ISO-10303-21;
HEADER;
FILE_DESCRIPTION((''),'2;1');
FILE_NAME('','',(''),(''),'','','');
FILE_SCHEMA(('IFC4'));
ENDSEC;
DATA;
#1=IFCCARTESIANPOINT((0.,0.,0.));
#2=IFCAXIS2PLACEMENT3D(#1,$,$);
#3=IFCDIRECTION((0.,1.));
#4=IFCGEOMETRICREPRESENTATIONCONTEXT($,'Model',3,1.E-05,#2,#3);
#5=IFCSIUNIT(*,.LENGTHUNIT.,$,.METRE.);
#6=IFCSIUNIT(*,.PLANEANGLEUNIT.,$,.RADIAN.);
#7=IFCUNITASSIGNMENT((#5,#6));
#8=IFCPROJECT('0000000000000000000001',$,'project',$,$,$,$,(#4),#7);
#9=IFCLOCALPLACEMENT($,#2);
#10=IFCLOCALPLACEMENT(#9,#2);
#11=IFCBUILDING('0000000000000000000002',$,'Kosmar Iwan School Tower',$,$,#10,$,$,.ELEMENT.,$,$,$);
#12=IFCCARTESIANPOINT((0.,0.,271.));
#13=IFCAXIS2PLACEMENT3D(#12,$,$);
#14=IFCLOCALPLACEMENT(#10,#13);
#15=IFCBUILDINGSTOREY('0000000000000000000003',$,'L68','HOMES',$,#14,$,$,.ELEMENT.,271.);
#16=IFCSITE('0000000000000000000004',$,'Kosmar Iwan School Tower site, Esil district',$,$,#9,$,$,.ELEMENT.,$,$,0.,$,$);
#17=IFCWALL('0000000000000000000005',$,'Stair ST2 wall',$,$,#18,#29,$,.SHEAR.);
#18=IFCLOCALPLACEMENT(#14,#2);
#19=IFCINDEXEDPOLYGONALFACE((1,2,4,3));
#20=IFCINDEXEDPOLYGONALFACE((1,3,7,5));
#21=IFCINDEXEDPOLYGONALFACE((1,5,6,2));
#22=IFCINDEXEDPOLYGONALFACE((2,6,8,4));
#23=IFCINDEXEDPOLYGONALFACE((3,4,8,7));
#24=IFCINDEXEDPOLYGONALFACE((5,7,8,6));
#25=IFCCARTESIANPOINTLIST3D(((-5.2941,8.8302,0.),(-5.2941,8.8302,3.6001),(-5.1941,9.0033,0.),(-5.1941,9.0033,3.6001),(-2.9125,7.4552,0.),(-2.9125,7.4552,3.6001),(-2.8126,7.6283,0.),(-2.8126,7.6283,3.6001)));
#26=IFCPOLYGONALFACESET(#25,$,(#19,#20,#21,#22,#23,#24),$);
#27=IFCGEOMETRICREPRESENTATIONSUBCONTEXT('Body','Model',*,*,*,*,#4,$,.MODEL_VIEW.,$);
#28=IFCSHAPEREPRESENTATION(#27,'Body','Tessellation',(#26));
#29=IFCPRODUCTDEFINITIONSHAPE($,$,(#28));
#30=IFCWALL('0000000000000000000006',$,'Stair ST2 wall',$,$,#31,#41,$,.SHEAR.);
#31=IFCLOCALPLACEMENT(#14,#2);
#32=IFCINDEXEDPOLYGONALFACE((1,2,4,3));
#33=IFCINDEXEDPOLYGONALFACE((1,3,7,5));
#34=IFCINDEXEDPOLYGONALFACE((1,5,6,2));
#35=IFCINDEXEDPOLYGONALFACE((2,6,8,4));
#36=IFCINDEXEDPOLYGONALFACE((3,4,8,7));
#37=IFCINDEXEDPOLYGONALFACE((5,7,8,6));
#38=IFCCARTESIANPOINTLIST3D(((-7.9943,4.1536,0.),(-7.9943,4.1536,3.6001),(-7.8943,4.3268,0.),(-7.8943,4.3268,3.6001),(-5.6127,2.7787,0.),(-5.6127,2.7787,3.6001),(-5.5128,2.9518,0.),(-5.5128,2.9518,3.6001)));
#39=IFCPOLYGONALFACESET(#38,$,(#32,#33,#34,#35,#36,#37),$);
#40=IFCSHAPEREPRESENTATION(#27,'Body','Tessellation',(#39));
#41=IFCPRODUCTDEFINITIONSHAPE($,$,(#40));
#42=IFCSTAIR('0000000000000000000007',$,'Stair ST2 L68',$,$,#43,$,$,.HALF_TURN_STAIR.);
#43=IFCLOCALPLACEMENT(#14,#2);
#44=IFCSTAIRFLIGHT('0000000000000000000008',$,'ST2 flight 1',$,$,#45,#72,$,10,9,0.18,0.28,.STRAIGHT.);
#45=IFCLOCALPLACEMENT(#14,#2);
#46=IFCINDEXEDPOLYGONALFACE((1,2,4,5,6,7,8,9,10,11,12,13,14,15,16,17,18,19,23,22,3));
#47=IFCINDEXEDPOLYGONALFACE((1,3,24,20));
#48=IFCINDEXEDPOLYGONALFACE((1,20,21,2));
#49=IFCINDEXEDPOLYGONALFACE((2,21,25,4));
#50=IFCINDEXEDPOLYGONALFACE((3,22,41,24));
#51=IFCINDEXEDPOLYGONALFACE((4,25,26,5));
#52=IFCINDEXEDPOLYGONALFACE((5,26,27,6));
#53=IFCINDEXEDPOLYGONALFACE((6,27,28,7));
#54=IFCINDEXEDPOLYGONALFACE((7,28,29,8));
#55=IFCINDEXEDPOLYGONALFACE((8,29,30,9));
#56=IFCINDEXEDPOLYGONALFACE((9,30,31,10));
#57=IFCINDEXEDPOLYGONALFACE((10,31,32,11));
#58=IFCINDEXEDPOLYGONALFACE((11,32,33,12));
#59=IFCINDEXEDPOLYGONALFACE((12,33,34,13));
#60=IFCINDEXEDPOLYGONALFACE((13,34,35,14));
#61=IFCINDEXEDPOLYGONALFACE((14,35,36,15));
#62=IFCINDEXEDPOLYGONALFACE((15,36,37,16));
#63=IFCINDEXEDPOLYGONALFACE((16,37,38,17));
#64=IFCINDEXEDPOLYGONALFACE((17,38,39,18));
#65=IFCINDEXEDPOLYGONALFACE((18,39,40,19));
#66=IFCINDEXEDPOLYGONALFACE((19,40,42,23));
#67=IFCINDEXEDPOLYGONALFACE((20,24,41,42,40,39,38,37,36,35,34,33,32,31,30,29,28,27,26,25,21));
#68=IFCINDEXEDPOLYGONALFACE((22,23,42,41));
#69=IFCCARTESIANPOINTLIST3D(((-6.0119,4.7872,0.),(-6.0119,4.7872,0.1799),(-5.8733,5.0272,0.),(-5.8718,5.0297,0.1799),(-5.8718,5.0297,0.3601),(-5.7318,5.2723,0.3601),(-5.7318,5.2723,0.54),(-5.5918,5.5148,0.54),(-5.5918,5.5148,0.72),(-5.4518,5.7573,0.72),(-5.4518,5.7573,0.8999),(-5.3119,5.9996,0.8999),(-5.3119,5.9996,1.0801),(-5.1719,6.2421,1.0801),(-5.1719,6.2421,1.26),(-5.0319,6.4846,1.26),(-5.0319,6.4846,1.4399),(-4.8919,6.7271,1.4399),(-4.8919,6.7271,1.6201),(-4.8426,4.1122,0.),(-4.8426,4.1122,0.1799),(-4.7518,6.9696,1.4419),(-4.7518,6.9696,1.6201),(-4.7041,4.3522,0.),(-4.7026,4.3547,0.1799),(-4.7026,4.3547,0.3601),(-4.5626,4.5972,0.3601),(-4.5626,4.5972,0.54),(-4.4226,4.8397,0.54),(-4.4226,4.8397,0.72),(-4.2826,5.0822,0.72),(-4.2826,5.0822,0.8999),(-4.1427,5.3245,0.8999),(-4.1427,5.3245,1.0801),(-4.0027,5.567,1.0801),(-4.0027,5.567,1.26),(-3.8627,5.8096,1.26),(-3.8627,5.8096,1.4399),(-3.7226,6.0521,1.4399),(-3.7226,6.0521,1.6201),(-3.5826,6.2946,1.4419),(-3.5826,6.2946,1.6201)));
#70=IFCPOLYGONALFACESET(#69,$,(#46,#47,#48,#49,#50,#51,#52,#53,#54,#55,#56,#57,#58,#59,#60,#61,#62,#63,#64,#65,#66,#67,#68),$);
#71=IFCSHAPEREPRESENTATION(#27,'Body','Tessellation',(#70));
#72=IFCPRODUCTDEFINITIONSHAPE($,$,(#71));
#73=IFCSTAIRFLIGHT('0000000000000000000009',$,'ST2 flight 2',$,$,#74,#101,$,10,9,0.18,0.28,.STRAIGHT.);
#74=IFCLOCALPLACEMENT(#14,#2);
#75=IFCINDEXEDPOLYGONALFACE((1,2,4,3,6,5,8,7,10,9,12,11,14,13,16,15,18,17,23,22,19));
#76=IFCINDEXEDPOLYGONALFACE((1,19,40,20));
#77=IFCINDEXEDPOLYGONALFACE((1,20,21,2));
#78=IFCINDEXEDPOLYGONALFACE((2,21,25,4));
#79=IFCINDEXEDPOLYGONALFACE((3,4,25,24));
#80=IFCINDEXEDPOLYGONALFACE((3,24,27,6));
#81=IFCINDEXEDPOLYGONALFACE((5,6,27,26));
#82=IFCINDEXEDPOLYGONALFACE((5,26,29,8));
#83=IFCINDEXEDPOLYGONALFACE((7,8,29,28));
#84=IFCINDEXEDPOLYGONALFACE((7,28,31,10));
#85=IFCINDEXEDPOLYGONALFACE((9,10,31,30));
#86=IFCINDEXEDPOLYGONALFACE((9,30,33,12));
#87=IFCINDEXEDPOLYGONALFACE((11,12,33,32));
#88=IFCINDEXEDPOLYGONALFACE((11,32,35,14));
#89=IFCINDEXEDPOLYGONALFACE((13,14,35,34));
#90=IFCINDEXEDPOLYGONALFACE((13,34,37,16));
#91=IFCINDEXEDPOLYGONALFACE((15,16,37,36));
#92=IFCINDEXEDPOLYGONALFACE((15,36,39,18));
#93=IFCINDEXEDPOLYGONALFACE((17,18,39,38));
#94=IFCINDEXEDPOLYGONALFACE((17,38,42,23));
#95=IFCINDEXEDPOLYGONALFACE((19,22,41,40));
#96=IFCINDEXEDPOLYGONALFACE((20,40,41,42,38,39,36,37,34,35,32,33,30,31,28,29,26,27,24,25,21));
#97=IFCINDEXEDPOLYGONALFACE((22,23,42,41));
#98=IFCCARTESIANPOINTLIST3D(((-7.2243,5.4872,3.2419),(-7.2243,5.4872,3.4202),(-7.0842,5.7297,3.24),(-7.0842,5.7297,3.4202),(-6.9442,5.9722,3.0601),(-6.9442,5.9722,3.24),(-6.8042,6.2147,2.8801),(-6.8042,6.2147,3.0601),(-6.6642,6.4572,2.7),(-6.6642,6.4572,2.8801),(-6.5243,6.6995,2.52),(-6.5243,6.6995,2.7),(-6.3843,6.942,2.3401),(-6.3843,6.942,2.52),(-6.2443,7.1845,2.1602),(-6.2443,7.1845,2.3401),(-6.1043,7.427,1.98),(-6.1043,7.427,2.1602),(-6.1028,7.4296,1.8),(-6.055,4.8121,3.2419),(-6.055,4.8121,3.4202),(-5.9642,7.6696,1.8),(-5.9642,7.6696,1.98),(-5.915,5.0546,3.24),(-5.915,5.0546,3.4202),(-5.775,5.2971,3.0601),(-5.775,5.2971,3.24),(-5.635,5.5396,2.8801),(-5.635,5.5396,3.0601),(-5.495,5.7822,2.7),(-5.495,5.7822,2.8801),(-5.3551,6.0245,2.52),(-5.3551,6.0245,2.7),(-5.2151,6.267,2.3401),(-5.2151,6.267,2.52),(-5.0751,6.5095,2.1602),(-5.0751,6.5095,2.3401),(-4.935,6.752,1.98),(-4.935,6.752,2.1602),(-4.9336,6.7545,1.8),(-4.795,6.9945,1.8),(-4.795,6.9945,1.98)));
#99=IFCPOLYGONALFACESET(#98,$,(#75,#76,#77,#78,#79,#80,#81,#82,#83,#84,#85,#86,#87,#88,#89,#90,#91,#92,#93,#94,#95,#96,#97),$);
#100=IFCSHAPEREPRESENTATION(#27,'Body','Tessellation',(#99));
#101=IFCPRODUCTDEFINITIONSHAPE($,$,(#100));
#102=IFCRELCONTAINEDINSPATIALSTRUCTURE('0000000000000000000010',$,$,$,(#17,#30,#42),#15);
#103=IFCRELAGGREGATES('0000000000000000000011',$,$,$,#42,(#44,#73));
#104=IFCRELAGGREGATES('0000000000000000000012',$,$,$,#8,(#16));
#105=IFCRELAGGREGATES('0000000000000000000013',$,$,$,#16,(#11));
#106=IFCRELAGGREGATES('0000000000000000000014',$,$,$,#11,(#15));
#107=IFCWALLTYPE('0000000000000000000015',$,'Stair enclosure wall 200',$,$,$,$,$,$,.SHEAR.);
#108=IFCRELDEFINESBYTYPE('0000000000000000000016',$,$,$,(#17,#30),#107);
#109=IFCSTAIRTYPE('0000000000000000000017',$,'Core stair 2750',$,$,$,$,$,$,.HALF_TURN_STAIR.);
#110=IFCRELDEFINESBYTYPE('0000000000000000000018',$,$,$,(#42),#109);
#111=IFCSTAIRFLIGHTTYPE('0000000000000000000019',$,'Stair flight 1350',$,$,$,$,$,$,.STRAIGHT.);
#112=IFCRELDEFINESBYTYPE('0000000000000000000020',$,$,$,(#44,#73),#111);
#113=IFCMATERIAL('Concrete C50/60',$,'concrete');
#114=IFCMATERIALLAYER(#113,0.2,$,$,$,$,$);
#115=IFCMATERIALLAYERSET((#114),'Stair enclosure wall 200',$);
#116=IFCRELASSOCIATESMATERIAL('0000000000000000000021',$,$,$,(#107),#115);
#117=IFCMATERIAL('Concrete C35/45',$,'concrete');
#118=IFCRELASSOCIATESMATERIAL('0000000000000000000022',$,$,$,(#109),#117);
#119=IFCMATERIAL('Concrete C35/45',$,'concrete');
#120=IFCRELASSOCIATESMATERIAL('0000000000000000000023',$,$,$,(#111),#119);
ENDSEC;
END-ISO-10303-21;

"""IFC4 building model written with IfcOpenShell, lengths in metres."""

from ifc_helpers import new_model, si_unit, direction, frame, frame_2d, origin, place, context, subcontext, project, spatial, polyline, rectangle, outline, extrude, material, layer, layer_set, type_object, element, aggregate, save


model = new_model("IFC4")

# Units and contexts
model_context = context("Model", 3, precision=1e-05, world=origin(), true_north=direction((0.0, 1.0)))
body_context = subcontext(model_context, "Body", "Model", "MODEL_VIEW")
ifc_project = project(units=[si_unit("LENGTHUNIT", "METRE"), si_unit("PLANEANGLEUNIT", "RADIAN")], contexts=[model_context])

# Site, building, storey
site_placement = place(None, origin())
site = spatial("IfcSite", under=ifc_project, at=site_placement, Name="Kosmar Iwan School Tower site, Esil district", CompositionType="ELEMENT", RefElevation=0.0)
building_placement = place(site_placement, origin())
building = spatial("IfcBuilding", under=site, at=building_placement, Name="Kosmar Iwan School Tower", CompositionType="ELEMENT")
storey_placement = place(building_placement, frame((0.0, 0.0, 271.0)))
storey = spatial("IfcBuildingStorey", under=building, at=storey_placement, Name="L68", Description="HOMES", CompositionType="ELEMENT", Elevation=271.0)

# Walls
ifc_material_1 = material(Name="Concrete C50/60", Category="concrete")
ifc_layer_1 = layer(ifc_material_1, 0.2)
ifc_layer_set_1 = layer_set([ifc_layer_1], Name="Stair enclosure wall 200")
wall_type_1 = type_object("IfcWallType", Name="Stair enclosure wall 200", PredefinedType="SHEAR", material=ifc_layer_set_1)
for number, where, z_axis, x_axis, name in (
    (1, (-2.8625, 7.5417, 0.0), (0.0, 0.0, 1.0), (-0.866027, 0.499997, 0.0), "Stair ST2 wall"),
    (2, (-5.5627, 2.8652, 0.0), (0.0, 0.0, 1.0), (-0.866027, 0.499997, 0.0), "Stair ST2 wall"),
):
    element("IfcWall", number, at=place(storey_placement, frame(where, z_axis=z_axis, x_axis=x_axis)), inside=storey, type_object=wall_type_1, Name=name, PredefinedType="SHEAR", context=body_context, shape_type="SweptSolid", body=[
        extrude(rectangle(XDim=2.75, YDim=0.2, at=frame_2d((1.375, 0.0))), origin(), (0.0, 0.0, 1.0), 3.6001),
    ])

# Stair, stair flights
ifc_material_2 = material(Name="Concrete C35/45", Category="concrete")
stair_type = type_object("IfcStairType", Name="Core stair 2750", PredefinedType="HALF_TURN_STAIR", material=ifc_material_2)
stair_placement = place(storey_placement, origin())
stair = element("IfcStair", 3, at=stair_placement, inside=storey, type_object=stair_type, Name="Stair ST2 L68", PredefinedType="HALF_TURN_STAIR")
ifc_material_3 = material(Name="Concrete C35/45", Category="concrete")
stair_flight_type = type_object("IfcStairFlightType", Name="Stair flight 1350", PredefinedType="STRAIGHT", material=ifc_material_3)
stair_flight_1_placement = place(storey_placement, frame((-5.4272, 4.4497, 0.0), z_axis=(0.0, 0.0, 1.0), x_axis=(0.5, 0.866025, 0.0)))
stair_flight_1 = element("IfcStairFlight", 4, at=stair_flight_1_placement, type_object=stair_flight_type, Name="ST2 flight 1", NumberOfRisers=10, NumberOfTreads=9, PredefinedType="STRAIGHT", RiserHeight=0.18, TreadLength=0.28, context=body_context, shape_type="SweptSolid", body=[
    extrude(outline(polyline([(0.0, 0.0), (0.0, 0.1799), (0.28, 0.1799), (0.28, 0.3601), (0.5601, 0.3601), (0.5601, 0.54), (0.8401, 0.54), (0.8401, 0.72), (1.1201, 0.72), (1.1201, 0.8999), (1.3999, 0.8999), (1.3999, 1.0801), (1.6799, 1.0801), (1.6799, 1.26), (1.96, 1.26), (1.96, 1.4399), (2.24, 1.4399), (2.24, 1.6201), (2.52, 1.6201), (2.52, 1.8), (2.52, 1.4419), (0.2771, 0.0), (0.0, 0.0)])), frame((0.0, 0.675, 0.0), z_axis=(0.0, -1.0, 0.0), x_axis=(1.0, 0.0, 0.0)), (0.0, 0.0, 1.0), 1.3501),
])
stair_flight_2_placement = place(storey_placement, frame((-5.3796, 7.332, 1.8), z_axis=(0.0, 0.0, 1.0), x_axis=(-0.5, -0.866025, 0.0)))
stair_flight_2 = element("IfcStairFlight", 5, at=stair_flight_2_placement, type_object=stair_flight_type, Name="ST2 flight 2", NumberOfRisers=10, NumberOfTreads=9, PredefinedType="STRAIGHT", RiserHeight=0.18, TreadLength=0.28, context=body_context, shape_type="SweptSolid", body=[
    extrude(outline(polyline([(0.0, 0.0), (0.0, 0.1799), (0.28, 0.1799), (0.28, 0.3601), (0.5601, 0.3601), (0.5601, 0.54), (0.8401, 0.54), (0.8401, 0.72), (1.1201, 0.72), (1.1201, 0.8999), (1.3999, 0.8999), (1.3999, 1.0801), (1.6799, 1.0801), (1.6799, 1.26), (1.96, 1.26), (1.96, 1.4399), (2.24, 1.4399), (2.24, 1.6201), (2.52, 1.6201), (2.52, 1.8), (2.52, 1.4419), (0.2771, 0.0), (0.0, 0.0)])), frame((0.0, 0.675, 0.0), z_axis=(0.0, -1.0, 0.0), x_axis=(1.0, 0.0, 0.0)), (0.0, 0.0, 1.0), 1.3501),
])
aggregate(stair, [stair_flight_1, stair_flight_2])

save(model, "model.ifc")
